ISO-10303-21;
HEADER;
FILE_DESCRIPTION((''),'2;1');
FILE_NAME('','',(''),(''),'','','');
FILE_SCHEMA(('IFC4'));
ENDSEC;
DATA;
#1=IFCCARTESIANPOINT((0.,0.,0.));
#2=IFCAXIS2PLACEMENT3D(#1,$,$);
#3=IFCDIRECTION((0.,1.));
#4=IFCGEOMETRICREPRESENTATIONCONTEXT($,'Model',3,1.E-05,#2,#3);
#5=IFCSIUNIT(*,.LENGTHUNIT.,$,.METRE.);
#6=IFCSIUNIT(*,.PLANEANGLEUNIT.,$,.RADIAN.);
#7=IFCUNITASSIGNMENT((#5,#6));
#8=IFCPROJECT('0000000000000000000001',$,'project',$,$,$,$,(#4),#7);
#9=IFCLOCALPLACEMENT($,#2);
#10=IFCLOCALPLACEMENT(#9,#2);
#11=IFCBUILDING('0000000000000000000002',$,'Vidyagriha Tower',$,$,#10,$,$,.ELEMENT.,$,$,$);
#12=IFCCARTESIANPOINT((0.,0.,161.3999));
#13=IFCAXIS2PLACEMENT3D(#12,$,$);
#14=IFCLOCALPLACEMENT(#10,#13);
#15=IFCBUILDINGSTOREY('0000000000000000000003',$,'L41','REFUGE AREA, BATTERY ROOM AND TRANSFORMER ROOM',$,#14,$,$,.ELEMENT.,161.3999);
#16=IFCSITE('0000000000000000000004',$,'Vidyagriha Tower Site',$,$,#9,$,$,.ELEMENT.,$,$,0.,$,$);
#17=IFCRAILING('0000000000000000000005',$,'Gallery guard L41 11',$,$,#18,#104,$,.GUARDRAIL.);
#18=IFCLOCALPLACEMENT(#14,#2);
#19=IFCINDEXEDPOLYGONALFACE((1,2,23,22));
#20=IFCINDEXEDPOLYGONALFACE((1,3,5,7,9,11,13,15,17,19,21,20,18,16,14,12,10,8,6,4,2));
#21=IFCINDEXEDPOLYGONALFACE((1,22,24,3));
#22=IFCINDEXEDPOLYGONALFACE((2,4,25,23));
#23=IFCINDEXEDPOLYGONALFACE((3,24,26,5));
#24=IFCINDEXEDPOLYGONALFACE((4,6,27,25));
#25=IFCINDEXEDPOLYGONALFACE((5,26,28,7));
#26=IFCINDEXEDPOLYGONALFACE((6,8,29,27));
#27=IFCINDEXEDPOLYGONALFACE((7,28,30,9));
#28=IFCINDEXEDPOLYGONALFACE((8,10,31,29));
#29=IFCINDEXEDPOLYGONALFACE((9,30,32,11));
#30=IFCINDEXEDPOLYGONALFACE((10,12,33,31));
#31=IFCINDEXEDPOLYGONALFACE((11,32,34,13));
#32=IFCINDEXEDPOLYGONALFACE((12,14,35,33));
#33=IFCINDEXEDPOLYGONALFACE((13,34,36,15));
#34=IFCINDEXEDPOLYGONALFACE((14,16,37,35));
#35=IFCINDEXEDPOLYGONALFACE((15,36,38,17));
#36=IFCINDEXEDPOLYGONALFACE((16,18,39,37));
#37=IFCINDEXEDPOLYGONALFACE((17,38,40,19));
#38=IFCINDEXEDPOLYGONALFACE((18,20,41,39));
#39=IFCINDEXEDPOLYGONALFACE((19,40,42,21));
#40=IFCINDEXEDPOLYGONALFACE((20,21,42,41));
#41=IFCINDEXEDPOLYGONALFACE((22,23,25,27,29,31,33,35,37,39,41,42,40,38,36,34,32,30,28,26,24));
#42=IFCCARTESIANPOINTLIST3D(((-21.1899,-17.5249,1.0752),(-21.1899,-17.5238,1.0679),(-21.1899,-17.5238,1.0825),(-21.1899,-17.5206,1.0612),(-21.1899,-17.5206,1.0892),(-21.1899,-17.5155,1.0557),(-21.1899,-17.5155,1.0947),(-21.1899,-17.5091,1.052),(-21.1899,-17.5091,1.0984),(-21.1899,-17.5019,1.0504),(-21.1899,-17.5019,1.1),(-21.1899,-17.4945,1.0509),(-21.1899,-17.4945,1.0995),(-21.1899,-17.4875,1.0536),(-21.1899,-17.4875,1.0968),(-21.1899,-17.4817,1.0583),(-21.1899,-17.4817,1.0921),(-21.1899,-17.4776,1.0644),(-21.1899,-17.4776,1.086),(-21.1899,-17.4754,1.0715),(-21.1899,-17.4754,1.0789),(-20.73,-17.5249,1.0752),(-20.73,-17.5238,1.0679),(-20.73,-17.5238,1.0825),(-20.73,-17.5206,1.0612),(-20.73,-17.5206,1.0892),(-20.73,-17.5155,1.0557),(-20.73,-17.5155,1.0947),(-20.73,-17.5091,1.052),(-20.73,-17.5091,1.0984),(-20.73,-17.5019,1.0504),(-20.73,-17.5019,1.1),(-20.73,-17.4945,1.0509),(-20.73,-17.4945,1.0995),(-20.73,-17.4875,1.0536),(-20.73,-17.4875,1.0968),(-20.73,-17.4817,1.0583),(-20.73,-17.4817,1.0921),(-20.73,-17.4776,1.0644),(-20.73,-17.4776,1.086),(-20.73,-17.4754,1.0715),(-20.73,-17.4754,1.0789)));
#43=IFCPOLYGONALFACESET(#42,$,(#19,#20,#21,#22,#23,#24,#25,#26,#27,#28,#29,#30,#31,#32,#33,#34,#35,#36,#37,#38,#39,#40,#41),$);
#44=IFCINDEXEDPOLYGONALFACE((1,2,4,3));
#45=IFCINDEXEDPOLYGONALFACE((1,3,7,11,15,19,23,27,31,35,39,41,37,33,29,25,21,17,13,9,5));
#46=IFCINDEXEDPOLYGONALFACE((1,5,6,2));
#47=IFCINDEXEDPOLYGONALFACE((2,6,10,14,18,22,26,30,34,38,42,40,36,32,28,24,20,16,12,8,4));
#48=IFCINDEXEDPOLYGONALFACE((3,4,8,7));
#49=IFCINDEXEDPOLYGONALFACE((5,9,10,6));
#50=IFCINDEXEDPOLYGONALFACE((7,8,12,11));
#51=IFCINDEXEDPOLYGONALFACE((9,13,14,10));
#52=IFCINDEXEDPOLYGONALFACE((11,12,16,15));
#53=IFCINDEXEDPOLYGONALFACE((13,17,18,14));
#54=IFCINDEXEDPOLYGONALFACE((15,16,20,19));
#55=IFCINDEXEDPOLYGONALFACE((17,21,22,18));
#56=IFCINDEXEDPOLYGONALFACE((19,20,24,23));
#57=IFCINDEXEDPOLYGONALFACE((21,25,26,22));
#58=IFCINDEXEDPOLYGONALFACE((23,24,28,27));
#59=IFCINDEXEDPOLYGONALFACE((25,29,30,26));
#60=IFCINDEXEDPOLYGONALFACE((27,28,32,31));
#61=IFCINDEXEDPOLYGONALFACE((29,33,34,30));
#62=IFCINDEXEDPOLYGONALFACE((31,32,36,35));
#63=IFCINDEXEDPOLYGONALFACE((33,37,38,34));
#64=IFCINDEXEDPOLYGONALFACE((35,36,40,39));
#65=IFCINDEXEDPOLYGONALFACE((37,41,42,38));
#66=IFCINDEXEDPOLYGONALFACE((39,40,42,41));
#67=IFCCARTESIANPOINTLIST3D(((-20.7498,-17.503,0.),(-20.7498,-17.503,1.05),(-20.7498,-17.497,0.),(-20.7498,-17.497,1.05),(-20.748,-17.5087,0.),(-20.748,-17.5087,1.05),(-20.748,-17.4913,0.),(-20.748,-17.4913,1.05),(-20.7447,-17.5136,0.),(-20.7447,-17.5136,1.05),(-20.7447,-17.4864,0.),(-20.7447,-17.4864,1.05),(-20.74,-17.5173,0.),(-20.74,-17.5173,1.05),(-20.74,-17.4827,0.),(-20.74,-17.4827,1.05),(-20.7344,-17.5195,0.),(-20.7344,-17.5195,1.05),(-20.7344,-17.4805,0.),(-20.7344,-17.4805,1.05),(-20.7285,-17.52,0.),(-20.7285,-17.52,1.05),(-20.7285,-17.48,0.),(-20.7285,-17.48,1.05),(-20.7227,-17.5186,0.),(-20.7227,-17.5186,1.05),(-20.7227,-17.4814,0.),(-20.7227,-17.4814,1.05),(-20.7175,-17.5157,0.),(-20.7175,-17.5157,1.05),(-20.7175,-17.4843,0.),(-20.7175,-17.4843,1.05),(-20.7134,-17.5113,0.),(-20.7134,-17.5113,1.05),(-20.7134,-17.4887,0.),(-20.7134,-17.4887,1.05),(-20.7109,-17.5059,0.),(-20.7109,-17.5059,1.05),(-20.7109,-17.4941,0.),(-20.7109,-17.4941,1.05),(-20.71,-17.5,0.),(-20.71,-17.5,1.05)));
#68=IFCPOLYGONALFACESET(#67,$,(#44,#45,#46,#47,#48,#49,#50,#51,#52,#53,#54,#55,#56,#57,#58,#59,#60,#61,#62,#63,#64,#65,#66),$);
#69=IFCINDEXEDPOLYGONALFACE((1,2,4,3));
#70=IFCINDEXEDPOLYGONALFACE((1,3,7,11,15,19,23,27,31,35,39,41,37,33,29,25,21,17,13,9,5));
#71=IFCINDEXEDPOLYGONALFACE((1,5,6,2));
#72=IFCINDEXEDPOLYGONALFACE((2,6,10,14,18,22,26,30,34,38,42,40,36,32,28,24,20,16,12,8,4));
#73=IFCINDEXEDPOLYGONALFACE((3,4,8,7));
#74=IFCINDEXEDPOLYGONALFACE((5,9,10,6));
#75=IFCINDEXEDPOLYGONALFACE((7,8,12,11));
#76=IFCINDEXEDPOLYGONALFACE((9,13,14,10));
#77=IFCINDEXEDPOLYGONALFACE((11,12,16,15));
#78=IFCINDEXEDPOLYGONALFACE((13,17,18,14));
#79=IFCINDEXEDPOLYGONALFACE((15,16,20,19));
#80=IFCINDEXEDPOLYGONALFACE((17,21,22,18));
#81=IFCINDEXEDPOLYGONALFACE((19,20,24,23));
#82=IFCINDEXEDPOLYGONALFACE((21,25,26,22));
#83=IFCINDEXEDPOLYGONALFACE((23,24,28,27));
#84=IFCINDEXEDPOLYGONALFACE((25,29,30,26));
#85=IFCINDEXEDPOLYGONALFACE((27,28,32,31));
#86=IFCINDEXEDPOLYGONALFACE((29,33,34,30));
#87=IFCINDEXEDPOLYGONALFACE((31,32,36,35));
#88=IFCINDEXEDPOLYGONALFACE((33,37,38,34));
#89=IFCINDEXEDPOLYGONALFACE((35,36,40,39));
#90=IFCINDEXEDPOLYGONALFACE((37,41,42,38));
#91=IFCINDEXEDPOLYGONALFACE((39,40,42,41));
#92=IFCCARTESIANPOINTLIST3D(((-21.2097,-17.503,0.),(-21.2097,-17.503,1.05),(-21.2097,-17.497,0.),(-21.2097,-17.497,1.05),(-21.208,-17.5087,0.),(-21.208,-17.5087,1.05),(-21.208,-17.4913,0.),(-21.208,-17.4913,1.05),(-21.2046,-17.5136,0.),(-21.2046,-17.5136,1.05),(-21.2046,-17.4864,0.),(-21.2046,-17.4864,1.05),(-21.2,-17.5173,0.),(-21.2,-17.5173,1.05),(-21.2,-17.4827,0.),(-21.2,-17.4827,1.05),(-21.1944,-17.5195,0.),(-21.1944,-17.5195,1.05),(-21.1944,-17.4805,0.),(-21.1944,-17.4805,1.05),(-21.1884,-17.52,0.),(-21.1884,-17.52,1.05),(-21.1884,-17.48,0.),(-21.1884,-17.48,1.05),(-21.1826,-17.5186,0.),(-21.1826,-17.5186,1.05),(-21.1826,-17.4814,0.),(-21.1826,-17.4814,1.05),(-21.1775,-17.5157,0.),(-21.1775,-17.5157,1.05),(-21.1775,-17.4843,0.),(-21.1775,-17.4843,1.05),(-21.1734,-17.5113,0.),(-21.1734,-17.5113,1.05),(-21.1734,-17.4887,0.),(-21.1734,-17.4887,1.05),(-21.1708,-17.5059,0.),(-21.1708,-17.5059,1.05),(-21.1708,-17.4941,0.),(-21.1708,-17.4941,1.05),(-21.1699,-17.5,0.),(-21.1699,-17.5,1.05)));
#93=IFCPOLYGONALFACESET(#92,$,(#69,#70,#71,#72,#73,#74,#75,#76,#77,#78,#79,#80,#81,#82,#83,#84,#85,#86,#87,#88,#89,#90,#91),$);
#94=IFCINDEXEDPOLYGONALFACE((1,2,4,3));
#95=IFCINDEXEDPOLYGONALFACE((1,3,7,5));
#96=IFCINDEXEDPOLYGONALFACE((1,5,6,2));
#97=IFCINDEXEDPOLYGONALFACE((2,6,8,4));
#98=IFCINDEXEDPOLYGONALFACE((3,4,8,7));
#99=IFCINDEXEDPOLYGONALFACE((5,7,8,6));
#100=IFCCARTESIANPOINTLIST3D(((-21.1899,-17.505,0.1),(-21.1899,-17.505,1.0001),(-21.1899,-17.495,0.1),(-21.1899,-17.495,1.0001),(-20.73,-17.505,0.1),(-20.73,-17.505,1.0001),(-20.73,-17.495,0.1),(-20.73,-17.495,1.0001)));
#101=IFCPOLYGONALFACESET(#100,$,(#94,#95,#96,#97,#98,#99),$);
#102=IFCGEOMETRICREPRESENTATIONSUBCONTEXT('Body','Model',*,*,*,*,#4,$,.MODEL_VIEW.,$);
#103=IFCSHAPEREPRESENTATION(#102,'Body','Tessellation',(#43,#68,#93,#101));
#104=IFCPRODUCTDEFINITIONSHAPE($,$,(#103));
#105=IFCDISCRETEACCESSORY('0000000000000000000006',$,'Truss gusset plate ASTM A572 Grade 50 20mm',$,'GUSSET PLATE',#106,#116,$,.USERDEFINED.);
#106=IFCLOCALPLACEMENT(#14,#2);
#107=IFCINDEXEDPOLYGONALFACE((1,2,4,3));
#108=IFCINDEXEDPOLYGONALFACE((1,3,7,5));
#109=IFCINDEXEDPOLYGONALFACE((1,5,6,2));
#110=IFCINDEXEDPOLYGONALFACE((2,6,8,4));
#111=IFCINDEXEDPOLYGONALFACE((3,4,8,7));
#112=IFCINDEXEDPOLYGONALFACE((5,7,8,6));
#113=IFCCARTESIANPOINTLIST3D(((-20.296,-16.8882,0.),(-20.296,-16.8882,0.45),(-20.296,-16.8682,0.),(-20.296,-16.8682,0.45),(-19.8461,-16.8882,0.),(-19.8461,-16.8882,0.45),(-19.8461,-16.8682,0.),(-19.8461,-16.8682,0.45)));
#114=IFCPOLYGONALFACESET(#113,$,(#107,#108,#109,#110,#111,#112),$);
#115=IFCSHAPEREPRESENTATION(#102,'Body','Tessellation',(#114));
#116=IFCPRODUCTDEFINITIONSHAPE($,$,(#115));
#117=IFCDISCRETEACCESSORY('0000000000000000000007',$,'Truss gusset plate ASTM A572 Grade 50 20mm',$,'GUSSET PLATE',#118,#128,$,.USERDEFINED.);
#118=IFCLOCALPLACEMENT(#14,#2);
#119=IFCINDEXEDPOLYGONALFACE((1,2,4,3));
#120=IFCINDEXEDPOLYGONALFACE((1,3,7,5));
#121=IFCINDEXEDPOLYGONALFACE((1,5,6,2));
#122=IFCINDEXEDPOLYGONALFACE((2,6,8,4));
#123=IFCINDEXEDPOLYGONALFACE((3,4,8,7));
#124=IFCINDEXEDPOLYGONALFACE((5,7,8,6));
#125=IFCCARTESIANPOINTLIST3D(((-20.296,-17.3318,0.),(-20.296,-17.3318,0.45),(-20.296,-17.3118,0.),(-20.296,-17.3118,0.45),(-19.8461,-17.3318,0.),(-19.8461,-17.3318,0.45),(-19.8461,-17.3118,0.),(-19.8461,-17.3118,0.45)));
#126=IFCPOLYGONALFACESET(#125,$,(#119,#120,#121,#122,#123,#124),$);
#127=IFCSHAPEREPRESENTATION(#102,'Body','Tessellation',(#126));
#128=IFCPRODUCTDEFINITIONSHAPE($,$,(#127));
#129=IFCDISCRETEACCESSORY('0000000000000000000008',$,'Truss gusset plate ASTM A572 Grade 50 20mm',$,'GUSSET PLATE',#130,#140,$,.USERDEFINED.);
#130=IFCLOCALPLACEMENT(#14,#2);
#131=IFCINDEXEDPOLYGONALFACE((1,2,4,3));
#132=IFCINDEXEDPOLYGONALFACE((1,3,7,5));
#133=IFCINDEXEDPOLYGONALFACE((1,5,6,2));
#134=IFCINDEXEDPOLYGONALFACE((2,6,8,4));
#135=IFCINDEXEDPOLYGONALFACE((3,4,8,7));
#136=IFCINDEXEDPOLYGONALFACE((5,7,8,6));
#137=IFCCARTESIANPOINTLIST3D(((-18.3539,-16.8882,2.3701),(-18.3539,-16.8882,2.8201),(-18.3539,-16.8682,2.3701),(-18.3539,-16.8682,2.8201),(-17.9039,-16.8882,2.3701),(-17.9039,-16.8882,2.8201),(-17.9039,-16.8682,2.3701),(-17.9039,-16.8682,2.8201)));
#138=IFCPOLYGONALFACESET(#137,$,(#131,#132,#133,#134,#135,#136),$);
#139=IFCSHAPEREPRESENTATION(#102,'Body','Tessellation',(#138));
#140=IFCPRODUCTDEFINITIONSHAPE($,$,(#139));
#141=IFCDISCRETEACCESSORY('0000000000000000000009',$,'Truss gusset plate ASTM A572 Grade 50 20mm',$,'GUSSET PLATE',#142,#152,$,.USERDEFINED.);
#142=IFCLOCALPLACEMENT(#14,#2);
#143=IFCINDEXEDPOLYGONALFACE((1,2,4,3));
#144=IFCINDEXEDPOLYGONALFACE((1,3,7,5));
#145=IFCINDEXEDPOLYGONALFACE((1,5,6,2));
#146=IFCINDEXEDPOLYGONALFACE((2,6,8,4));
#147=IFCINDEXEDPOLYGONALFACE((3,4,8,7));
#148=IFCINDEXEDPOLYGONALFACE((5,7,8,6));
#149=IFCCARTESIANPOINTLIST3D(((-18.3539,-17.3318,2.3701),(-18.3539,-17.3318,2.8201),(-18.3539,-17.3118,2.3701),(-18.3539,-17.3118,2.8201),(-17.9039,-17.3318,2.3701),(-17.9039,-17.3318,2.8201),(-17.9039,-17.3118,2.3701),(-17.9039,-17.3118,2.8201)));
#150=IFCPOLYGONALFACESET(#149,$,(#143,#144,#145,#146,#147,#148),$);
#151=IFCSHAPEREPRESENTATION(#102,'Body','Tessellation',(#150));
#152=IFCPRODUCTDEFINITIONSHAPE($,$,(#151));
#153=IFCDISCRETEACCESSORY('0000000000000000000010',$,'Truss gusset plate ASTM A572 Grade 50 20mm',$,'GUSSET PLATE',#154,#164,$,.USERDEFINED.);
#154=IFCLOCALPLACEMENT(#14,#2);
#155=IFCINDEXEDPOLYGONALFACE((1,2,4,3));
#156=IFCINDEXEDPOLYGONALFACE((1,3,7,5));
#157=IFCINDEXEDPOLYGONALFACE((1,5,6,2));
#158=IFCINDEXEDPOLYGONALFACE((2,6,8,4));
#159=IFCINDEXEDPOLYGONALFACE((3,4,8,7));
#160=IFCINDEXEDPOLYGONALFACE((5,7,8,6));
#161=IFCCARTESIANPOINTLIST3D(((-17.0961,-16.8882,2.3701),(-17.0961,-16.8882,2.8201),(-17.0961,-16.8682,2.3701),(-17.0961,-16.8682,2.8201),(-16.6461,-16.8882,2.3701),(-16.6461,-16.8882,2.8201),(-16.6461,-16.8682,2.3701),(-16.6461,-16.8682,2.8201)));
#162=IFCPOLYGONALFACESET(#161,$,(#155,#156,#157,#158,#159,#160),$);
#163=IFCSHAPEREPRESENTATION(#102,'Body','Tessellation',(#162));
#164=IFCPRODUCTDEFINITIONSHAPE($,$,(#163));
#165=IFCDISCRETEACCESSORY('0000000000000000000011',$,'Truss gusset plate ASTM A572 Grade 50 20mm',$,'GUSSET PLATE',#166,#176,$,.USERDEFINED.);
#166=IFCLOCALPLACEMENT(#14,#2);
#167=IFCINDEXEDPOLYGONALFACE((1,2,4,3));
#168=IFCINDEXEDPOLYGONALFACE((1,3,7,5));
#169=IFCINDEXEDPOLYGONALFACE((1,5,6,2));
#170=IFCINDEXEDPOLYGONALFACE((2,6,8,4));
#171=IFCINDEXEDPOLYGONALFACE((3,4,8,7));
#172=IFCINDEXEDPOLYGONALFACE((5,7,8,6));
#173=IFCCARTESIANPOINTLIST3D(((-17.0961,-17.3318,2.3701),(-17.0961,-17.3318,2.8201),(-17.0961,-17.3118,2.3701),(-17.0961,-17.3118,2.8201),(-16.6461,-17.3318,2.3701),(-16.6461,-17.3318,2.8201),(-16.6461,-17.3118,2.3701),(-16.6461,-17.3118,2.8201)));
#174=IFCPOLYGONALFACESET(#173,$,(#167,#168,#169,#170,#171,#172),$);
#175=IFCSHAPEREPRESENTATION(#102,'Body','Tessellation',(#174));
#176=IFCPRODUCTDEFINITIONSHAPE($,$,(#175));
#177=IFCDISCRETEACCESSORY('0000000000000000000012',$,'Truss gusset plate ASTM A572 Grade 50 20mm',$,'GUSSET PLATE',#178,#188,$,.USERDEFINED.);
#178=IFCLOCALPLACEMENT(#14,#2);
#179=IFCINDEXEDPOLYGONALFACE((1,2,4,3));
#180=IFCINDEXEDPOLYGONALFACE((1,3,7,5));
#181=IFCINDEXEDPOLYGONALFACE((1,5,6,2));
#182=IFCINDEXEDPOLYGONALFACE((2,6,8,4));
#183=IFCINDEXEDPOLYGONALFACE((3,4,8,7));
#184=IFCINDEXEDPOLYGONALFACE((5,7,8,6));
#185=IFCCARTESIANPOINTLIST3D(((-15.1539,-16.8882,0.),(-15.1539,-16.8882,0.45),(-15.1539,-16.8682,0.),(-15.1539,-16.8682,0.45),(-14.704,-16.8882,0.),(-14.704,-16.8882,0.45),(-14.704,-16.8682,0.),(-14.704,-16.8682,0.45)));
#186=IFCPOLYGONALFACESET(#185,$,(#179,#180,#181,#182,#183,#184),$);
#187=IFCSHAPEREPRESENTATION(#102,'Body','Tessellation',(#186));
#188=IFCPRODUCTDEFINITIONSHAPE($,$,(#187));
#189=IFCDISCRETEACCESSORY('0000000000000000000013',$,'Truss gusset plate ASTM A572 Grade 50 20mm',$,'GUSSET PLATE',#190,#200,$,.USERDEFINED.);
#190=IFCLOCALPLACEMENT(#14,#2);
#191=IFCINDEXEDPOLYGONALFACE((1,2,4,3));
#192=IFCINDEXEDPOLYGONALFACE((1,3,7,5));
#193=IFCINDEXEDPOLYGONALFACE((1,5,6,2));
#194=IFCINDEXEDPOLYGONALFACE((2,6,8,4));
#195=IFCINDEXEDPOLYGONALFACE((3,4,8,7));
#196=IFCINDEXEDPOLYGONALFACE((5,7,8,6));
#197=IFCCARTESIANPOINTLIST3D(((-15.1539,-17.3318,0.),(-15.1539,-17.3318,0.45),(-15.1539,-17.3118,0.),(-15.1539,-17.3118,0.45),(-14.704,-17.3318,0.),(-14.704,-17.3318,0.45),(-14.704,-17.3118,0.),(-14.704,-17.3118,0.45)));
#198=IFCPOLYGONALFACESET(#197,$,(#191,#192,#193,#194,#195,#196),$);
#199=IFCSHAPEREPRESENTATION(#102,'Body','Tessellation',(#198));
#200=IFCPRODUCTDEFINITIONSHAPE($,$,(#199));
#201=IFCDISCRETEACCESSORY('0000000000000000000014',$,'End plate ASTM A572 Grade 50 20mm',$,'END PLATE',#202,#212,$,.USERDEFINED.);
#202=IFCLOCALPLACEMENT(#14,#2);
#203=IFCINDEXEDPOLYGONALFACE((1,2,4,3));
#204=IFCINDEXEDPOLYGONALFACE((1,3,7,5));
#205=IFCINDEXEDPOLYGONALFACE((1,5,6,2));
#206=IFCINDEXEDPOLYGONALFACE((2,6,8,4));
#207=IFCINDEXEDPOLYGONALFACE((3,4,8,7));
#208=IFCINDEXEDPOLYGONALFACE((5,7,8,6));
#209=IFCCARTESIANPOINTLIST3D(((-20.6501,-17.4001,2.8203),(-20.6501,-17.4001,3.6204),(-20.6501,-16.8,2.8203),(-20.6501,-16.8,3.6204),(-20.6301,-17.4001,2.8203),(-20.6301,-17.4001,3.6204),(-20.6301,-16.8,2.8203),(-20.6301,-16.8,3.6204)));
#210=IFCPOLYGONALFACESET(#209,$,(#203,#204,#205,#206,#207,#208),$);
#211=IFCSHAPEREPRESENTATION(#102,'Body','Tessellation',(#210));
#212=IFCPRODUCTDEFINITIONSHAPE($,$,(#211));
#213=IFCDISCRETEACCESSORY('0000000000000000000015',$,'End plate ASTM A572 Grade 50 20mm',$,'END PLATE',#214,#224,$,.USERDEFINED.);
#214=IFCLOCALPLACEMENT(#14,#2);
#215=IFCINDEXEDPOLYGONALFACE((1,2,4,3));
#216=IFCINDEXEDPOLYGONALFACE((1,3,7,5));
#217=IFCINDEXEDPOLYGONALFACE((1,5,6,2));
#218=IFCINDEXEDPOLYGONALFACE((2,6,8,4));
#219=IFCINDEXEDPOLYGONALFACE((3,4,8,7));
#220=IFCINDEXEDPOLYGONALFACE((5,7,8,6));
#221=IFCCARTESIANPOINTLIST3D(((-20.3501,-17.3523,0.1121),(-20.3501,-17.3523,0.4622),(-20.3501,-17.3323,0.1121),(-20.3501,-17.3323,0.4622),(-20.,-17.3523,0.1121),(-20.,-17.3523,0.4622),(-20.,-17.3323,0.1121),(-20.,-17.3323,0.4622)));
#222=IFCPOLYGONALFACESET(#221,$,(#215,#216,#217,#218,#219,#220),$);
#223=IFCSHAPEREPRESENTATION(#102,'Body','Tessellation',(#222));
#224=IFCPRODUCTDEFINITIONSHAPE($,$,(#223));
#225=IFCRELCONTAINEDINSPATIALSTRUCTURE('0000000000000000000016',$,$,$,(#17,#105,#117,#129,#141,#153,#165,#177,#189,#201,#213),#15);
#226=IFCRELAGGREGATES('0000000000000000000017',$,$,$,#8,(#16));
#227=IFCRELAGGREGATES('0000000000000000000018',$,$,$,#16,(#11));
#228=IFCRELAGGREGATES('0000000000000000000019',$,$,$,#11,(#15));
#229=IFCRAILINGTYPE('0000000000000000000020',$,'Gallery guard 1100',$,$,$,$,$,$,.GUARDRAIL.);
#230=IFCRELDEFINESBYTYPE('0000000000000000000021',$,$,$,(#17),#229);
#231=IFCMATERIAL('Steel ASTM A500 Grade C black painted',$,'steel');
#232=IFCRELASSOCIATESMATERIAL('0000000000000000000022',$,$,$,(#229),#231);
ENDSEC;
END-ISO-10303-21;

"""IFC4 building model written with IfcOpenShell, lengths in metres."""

from ifc_helpers import new_model, si_unit, direction, frame, origin, origin_2d, place, context, subcontext, project, spatial, rectangle, circle, extrude, material, type_object, element, save


model = new_model("IFC4")

# Units and contexts
model_context = context("Model", 3, precision=1e-05, world=origin(), true_north=direction((0.0, 1.0)))
body_context = subcontext(model_context, "Body", "Model", "MODEL_VIEW")
ifc_project = project(units=[si_unit("LENGTHUNIT", "METRE"), si_unit("PLANEANGLEUNIT", "RADIAN")], contexts=[model_context])

# Site, building, storey
site_placement = place(None, origin())
site = spatial("IfcSite", under=ifc_project, at=site_placement, Name="Vidyagriha Tower Site", CompositionType="ELEMENT", RefElevation=0.0)
building_placement = place(site_placement, origin())
building = spatial("IfcBuilding", under=site, at=building_placement, Name="Vidyagriha Tower", CompositionType="ELEMENT")
storey_placement = place(building_placement, frame((0.0, 0.0, 161.3999)))
storey = spatial("IfcBuildingStorey", under=building, at=storey_placement, Name="L41", Description="REFUGE AREA, BATTERY ROOM AND TRANSFORMER ROOM", CompositionType="ELEMENT", Elevation=161.3999)

# Railing
ifc_material_1 = material(Name="Steel ASTM A500 Grade C black painted", Category="steel")
railing_type = type_object("IfcRailingType", Name="Gallery guard 1100", PredefinedType="GUARDRAIL", material=ifc_material_1)
railing_placement = place(storey_placement, frame((-20.73, -17.5, 0.0)))
element("IfcRailing", 1, at=railing_placement, inside=storey, type_object=railing_type, Name="Gallery guard L41 11", PredefinedType="GUARDRAIL", context=body_context, shape_type="SweptSolid", body=[
    extrude(circle(Radius=0.0249, at=origin_2d()), frame((0.0, 0.0, 1.0752), z_axis=(-1.0, 0.0, 0.0), x_axis=(0.0, -1.0, 0.0)), (0.0, 0.0, 1.0), 0.46),
    extrude(circle(Radius=0.02, at=origin_2d()), origin(), (0.0, 0.0, 1.0), 1.05),
    extrude(circle(Radius=0.02, at=origin_2d()), frame((-0.46, 0.0, 0.0)), (0.0, 0.0, 1.0), 1.05),
    extrude(rectangle(XDim=0.01, YDim=0.9001, at=origin_2d()), frame((0.0, 0.0, 0.55), z_axis=(-1.0, 0.0, 0.0), x_axis=(0.0, -1.0, 0.0)), (0.0, 0.0, 1.0), 0.46),
])

# Discrete accessories
for number, where, name in (
    (2, (-20.071, -16.8782, 0.0), "Truss gusset plate ASTM A572 Grade 50 20mm"),
    (3, (-20.071, -17.3218, 0.0), "Truss gusset plate ASTM A572 Grade 50 20mm"),
    (4, (-18.1289, -16.8782, 2.3701), "Truss gusset plate ASTM A572 Grade 50 20mm"),
    (5, (-18.1289, -17.3218, 2.3701), "Truss gusset plate ASTM A572 Grade 50 20mm"),
    (6, (-16.8711, -16.8782, 2.3701), "Truss gusset plate ASTM A572 Grade 50 20mm"),
    (7, (-16.8711, -17.3218, 2.3701), "Truss gusset plate ASTM A572 Grade 50 20mm"),
    (8, (-14.929, -16.8782, 0.0), "Truss gusset plate ASTM A572 Grade 50 20mm"),
    (9, (-14.929, -17.3218, 0.0), "Truss gusset plate ASTM A572 Grade 50 20mm"),
):
    element("IfcDiscreteAccessory", number, at=place(storey_placement, frame(where)), inside=storey, Name=name, ObjectType="GUSSET PLATE", PredefinedType="USERDEFINED", context=body_context, shape_type="SweptSolid", body=[
        extrude(rectangle(XDim=0.45, YDim=0.02, at=origin_2d()), origin(), (0.0, 0.0, 1.0), 0.45),
    ])
discrete_accessory_placement = place(storey_placement, frame((-20.6401, -17.1001, 2.8203), z_axis=(0.0, 0.0, 1.0), x_axis=(-1.0, 0.0, 0.0)))
element("IfcDiscreteAccessory", 10, at=discrete_accessory_placement, inside=storey, Name="End plate ASTM A572 Grade 50 20mm", ObjectType="END PLATE", PredefinedType="USERDEFINED", context=body_context, shape_type="SweptSolid", body=[
    extrude(rectangle(XDim=0.02, YDim=0.6001, at=origin_2d()), origin(), (0.0, 0.0, 1.0), 0.8),
])
for number, where, z_axis, x_axis, name in (
    (11, (-20.175, -17.3423, 0.1121), (0.0, 0.0, 1.0), (-1.0, 0.0, 0.0), "End plate ASTM A572 Grade 50 20mm"),
):
    element("IfcDiscreteAccessory", number, at=place(storey_placement, frame(where, z_axis=z_axis, x_axis=x_axis)), inside=storey, Name=name, ObjectType="END PLATE", PredefinedType="USERDEFINED", context=body_context, shape_type="SweptSolid", body=[
        extrude(rectangle(XDim=0.3501, YDim=0.02, at=origin_2d()), origin(), (0.0, 0.0, 1.0), 0.3501),
    ])

save(model, "model.ifc")
